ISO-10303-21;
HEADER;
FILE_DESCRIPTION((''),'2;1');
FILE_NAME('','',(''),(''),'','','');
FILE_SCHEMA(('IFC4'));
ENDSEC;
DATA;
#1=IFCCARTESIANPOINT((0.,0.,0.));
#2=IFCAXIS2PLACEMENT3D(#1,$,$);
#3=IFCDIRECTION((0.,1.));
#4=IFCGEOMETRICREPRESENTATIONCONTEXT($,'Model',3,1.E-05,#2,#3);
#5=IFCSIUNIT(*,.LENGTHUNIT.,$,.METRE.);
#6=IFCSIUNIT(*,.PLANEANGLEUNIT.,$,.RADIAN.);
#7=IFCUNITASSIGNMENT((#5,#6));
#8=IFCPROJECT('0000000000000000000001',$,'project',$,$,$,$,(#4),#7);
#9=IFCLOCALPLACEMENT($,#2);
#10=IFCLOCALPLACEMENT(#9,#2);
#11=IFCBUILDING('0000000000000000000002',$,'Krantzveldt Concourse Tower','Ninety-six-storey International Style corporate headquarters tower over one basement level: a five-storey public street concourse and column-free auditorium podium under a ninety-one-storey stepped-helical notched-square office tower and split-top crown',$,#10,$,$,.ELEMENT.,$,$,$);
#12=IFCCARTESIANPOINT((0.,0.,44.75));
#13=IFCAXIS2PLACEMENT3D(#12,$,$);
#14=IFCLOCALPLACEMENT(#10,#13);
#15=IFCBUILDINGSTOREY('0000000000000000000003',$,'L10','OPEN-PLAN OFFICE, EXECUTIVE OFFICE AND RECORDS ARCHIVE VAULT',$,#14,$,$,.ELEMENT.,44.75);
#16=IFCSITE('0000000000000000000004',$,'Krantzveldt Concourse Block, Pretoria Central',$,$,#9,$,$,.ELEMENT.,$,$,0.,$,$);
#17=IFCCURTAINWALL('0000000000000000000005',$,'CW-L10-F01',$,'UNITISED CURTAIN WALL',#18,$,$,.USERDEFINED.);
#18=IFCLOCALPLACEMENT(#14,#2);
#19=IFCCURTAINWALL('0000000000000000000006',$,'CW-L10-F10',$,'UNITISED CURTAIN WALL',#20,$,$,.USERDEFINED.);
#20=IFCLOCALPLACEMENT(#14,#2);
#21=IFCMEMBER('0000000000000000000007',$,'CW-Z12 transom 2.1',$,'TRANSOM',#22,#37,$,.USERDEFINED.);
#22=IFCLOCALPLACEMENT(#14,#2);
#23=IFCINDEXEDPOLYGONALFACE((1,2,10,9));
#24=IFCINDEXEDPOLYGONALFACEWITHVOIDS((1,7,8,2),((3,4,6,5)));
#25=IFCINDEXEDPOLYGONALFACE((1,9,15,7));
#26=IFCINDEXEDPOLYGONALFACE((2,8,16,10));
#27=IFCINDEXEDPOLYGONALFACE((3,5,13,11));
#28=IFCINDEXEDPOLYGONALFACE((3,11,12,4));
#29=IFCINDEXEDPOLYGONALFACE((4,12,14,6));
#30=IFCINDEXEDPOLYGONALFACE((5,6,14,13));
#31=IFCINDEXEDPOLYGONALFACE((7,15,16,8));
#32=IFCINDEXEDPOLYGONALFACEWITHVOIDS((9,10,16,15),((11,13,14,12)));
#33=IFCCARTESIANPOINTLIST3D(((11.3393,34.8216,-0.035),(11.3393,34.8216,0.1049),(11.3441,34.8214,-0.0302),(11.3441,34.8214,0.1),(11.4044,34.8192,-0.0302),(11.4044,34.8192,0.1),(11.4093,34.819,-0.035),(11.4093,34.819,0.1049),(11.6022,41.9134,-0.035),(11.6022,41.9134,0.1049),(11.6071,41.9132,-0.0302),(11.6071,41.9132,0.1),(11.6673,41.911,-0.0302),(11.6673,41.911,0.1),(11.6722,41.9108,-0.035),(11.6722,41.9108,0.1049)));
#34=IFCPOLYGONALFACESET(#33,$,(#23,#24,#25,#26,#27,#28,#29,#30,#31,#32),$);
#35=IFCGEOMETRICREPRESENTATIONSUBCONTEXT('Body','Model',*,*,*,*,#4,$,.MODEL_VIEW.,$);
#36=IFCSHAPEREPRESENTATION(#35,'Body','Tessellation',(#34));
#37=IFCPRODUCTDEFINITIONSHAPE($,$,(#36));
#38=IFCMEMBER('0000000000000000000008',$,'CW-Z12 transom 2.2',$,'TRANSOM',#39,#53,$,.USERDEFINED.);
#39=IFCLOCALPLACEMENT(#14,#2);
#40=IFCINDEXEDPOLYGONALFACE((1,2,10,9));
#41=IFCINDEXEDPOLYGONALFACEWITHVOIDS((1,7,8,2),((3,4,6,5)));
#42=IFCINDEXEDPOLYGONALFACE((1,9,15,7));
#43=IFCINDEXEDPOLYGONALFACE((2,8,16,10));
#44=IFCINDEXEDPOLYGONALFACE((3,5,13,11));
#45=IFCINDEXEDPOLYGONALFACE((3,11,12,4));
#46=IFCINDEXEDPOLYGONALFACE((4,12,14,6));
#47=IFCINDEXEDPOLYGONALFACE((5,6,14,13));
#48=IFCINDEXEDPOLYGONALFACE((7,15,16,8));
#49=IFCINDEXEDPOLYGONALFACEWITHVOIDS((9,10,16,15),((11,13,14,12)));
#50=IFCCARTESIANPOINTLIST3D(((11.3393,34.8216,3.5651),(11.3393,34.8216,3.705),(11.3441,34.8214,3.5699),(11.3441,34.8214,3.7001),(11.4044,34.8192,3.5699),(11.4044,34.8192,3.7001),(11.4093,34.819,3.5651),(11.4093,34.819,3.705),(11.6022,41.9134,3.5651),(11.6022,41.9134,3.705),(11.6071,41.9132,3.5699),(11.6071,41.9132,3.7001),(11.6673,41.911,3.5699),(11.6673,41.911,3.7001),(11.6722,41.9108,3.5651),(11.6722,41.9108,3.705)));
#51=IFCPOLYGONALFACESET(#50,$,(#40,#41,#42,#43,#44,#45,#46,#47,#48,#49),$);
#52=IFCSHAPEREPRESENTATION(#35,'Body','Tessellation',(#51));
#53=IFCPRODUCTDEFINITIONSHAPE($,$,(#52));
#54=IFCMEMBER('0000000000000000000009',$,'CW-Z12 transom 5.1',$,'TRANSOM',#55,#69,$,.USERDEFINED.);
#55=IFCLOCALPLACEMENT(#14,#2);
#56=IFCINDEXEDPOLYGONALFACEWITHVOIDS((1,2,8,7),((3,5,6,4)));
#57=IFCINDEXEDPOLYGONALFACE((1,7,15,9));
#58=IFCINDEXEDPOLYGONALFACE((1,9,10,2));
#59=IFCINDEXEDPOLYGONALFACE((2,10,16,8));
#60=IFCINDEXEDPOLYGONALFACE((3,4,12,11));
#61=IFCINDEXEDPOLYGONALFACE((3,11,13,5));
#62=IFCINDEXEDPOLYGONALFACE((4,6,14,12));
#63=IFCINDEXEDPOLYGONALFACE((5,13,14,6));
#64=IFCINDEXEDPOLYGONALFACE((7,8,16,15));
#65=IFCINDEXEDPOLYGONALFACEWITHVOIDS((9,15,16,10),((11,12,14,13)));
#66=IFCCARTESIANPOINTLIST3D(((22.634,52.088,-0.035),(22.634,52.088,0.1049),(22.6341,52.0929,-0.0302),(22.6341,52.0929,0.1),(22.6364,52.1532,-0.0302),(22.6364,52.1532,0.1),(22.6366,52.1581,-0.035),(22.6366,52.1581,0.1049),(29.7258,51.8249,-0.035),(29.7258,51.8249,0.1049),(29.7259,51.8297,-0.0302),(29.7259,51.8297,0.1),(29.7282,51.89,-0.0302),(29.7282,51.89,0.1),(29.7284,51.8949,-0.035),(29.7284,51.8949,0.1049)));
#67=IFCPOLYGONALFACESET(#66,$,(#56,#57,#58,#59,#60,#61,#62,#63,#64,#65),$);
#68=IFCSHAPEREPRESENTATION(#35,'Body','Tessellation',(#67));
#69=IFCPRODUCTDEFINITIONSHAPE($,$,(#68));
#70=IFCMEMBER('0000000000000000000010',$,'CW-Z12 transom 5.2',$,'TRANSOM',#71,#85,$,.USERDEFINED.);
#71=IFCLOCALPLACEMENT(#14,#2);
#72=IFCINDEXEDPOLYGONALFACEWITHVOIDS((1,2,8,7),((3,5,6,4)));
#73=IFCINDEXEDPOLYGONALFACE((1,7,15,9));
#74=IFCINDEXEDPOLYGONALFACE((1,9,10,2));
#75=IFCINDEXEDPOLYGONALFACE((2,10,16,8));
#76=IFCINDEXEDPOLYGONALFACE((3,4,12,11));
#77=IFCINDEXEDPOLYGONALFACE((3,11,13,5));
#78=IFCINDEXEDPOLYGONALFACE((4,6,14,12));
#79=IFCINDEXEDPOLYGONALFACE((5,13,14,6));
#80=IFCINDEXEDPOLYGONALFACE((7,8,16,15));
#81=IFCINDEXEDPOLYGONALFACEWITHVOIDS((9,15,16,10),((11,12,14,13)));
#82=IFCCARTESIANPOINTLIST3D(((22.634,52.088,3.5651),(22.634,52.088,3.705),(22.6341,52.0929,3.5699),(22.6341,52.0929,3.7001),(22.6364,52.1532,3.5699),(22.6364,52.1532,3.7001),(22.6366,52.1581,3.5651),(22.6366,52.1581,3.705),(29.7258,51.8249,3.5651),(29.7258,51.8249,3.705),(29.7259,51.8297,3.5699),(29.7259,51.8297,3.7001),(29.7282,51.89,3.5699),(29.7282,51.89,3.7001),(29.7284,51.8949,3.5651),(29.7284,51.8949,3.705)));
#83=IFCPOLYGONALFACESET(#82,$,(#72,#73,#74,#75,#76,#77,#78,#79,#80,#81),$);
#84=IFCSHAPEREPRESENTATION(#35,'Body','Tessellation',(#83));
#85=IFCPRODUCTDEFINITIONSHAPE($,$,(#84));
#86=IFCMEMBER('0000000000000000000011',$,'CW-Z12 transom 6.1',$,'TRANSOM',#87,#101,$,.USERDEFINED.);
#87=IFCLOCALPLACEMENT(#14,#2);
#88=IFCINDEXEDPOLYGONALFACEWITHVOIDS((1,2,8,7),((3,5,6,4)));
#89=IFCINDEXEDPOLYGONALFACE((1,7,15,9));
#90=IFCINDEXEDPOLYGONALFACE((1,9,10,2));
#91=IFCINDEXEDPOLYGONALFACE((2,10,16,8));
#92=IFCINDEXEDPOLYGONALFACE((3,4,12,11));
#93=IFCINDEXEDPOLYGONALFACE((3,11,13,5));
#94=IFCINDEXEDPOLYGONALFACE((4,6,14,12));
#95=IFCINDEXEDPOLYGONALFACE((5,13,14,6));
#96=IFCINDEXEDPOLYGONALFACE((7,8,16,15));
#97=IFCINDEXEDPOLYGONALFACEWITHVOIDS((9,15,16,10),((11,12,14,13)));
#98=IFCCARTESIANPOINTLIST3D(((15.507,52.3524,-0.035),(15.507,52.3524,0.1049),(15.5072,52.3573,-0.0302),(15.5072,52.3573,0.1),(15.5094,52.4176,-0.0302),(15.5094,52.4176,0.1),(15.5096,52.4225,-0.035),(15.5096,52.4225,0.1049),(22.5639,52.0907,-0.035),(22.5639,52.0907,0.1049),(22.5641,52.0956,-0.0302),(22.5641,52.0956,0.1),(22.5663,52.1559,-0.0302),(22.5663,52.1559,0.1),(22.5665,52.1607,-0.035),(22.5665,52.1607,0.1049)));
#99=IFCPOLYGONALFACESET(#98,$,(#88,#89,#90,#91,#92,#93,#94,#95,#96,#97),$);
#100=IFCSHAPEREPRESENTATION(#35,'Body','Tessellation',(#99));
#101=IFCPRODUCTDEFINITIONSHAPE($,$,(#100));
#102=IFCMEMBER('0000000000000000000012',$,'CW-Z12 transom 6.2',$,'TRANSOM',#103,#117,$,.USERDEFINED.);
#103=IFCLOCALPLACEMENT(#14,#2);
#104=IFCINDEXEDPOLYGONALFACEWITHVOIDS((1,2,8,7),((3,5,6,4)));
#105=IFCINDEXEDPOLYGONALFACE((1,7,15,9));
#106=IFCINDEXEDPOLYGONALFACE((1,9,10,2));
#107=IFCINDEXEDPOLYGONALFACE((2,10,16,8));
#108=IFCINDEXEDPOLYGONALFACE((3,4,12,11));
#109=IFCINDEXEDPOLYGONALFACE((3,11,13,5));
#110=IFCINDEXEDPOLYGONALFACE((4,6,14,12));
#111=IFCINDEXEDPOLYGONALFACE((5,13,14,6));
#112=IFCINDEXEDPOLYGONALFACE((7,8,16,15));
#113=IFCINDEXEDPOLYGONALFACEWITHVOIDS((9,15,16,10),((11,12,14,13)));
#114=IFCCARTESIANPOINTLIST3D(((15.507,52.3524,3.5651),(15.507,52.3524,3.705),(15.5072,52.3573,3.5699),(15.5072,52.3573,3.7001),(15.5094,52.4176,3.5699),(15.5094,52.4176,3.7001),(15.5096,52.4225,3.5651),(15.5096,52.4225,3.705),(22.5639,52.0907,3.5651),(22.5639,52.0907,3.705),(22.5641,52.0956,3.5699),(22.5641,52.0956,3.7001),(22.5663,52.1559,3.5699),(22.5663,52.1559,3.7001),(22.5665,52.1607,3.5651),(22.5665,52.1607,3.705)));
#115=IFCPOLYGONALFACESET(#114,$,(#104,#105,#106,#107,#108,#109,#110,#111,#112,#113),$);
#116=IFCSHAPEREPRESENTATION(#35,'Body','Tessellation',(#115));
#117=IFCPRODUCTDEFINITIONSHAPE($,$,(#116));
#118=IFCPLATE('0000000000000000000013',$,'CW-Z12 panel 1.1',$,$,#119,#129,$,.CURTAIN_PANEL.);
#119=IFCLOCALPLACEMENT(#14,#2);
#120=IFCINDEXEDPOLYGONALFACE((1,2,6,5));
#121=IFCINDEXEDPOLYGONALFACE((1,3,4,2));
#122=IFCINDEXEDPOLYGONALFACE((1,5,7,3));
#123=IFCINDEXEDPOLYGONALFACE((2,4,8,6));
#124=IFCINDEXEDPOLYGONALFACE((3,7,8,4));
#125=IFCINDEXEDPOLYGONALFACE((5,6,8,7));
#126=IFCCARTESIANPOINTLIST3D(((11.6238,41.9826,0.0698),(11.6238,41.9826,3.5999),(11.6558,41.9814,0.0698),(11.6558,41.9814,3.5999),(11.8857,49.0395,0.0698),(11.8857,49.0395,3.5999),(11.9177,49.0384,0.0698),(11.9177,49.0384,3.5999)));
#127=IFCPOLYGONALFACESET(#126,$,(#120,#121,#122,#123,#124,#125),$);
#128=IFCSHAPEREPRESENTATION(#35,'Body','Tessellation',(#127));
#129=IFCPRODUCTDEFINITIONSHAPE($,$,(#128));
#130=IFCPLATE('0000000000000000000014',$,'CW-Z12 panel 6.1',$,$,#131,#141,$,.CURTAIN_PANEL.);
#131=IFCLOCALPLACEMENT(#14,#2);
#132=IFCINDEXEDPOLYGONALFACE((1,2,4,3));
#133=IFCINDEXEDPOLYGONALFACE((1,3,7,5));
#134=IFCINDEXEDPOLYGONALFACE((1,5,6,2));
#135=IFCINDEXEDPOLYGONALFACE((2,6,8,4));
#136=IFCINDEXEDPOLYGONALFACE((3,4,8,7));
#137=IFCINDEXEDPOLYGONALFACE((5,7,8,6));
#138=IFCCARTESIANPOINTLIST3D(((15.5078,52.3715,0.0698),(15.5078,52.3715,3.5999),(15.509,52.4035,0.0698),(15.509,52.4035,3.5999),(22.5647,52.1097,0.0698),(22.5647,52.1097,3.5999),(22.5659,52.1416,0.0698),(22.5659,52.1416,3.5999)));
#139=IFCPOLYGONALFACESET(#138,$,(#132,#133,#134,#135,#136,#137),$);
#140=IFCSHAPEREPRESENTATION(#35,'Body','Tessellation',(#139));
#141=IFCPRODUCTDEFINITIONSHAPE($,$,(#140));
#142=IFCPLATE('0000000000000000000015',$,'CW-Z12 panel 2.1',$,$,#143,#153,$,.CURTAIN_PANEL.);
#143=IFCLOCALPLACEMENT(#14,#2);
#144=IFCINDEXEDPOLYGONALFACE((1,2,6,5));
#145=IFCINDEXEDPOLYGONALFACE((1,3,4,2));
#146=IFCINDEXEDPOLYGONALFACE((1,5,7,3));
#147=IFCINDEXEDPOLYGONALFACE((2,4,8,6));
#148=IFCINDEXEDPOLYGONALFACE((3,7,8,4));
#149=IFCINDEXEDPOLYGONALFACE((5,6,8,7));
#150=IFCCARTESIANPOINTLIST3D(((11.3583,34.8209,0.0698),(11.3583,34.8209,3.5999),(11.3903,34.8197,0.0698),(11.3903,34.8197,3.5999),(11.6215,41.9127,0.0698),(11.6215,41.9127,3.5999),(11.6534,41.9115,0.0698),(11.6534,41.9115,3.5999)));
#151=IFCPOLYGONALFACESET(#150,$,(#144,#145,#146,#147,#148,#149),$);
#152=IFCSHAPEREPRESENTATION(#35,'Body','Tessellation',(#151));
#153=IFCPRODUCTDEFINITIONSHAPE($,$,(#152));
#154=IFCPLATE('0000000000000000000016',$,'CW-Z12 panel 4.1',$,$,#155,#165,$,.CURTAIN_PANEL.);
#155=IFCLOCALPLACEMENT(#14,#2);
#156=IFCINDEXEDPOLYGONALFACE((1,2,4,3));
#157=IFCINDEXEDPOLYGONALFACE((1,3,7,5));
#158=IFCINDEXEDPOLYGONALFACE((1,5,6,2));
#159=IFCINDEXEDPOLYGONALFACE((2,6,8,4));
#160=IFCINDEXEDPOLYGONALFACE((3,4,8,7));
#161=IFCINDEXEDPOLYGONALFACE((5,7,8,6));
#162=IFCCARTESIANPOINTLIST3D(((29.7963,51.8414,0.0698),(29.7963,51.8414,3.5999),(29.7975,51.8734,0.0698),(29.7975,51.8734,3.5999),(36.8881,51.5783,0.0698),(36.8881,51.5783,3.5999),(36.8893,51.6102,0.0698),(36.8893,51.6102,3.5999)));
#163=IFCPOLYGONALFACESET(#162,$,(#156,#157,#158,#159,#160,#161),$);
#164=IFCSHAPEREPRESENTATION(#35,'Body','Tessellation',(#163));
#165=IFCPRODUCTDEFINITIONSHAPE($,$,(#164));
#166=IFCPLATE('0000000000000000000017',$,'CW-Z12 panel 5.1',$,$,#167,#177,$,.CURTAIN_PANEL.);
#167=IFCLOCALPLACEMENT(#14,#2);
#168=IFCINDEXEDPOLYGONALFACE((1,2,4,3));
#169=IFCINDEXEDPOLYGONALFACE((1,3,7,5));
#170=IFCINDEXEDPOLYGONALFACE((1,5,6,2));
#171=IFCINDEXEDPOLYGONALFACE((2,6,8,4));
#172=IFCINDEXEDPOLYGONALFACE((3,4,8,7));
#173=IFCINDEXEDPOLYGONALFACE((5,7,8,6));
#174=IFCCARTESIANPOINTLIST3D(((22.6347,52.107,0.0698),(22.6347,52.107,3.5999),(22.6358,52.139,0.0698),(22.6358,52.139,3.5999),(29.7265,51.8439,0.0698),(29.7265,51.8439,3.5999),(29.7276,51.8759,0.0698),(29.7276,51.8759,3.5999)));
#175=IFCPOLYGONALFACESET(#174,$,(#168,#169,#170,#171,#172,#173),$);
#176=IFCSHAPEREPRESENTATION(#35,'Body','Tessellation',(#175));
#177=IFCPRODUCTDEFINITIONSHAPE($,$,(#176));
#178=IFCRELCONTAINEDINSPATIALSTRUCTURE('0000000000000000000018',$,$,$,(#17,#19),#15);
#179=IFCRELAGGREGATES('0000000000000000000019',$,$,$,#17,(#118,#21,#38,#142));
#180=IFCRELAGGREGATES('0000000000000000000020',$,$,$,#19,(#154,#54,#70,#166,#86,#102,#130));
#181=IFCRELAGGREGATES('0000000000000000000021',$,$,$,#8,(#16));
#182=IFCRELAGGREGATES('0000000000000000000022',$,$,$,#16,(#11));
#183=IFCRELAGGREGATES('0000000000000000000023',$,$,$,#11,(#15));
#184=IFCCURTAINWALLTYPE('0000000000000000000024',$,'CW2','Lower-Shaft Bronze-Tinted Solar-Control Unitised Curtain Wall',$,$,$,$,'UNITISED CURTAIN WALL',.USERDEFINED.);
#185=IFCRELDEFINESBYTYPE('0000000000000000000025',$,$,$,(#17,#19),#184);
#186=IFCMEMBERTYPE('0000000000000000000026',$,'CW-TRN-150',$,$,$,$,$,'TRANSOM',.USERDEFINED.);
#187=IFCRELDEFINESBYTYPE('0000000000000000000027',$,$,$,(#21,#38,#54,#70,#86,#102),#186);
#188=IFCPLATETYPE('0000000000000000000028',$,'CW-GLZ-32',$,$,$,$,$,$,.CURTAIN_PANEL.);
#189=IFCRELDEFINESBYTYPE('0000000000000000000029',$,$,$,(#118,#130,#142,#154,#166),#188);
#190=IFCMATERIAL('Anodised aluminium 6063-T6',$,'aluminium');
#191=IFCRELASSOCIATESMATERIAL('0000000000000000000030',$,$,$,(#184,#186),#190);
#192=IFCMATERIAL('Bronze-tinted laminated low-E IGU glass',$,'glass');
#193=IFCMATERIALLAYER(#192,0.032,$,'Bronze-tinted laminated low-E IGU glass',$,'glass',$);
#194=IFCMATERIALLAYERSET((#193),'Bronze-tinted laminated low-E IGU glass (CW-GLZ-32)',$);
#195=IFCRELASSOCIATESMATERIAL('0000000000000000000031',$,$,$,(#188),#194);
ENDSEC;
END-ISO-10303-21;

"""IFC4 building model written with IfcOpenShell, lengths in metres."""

from ifc_helpers import new_model, si_unit, direction, frame, origin, origin_2d, place, context, subcontext, project, spatial, rectangle, hollow_rectangle, extrude, source, transform, mapped, material, layer, layer_set, material_profile, profile_set, type_object, type_shapes, element, aggregate, save


model = new_model("IFC4")

# Units and contexts
model_context = context("Model", 3, precision=1e-05, world=origin(), true_north=direction((0.0, 1.0)))
body_context = subcontext(model_context, "Body", "Model", "MODEL_VIEW")
ifc_project = project(units=[si_unit("LENGTHUNIT", "METRE"), si_unit("PLANEANGLEUNIT", "RADIAN")], contexts=[model_context])

# Site, building, storey
site_placement = place(None, origin())
site = spatial("IfcSite", under=ifc_project, at=site_placement, Name="Krantzveldt Concourse Block, Pretoria Central", CompositionType="ELEMENT", RefElevation=0.0)
building_placement = place(site_placement, origin())
building = spatial("IfcBuilding", under=site, at=building_placement, Name="Krantzveldt Concourse Tower", Description="Ninety-six-storey International Style corporate headquarters tower over one basement level: a five-storey public street concourse and column-free auditorium podium under a ninety-one-storey stepped-helical notched-square office tower and split-top crown", CompositionType="ELEMENT")
storey_placement = place(building_placement, frame((0.0, 0.0, 44.75)))
storey = spatial("IfcBuildingStorey", under=building, at=storey_placement, Name="L10", Description="OPEN-PLAN OFFICE, EXECUTIVE OFFICE AND RECORDS ARCHIVE VAULT", CompositionType="ELEMENT", Elevation=44.75)

# Curtain walls
ifc_material_1 = material(Name="Anodised aluminium 6063-T6", Category="aluminium")
curtain_wall_type = type_object("IfcCurtainWallType", Name="CW2", Description="Lower-Shaft Bronze-Tinted Solar-Control Unitised Curtain Wall", ElementType="UNITISED CURTAIN WALL", PredefinedType="USERDEFINED", material=ifc_material_1)
curtain_wall_1_placement = place(storey_placement, origin())
curtain_wall_1 = element("IfcCurtainWall", 1, at=curtain_wall_1_placement, inside=storey, type_object=curtain_wall_type, Name="CW-L10-F01", ObjectType="UNITISED CURTAIN WALL", PredefinedType="USERDEFINED")
curtain_wall_2_placement = place(storey_placement, origin())
curtain_wall_2 = element("IfcCurtainWall", 2, at=curtain_wall_2_placement, inside=storey, type_object=curtain_wall_type, Name="CW-L10-F10", ObjectType="UNITISED CURTAIN WALL", PredefinedType="USERDEFINED")

# Members
ifc_material_profile_1 = material_profile(ifc_material_1, hollow_rectangle(XDim=0.0701, YDim=0.1399, WallThickness=0.0049, at=origin_2d()), Name="Anodised aluminium 6063-T6", Category="aluminium")
ifc_profile_set_1 = profile_set([ifc_material_profile_1], Name="Anodised aluminium 6063-T6 - ALU-TRAN 140x70x5")
member_type_1 = type_object("IfcMemberType", Name="CW-TRN-150", ElementType="TRANSOM", PredefinedType="USERDEFINED", material=ifc_profile_set_1)
shared_shape_1 = source(origin(), body_context, "Body", "SweptSolid", [
    extrude(hollow_rectangle(XDim=0.0701, YDim=0.1399, WallThickness=0.0049, at=origin_2d()), origin(), (0.0, 0.0, 1.0), 7.0967),
])
member_1_placement = place(storey_placement, frame((11.6372, 41.9121, 0.0349), z_axis=(-0.037051, -0.999313, 0.0), x_axis=(0.999313, -0.037051, 0.0)))
member_1 = element("IfcMember", 3, at=member_1_placement, type_object=member_type_1, Name="CW-Z12 transom 2.1", ObjectType="TRANSOM", PredefinedType="USERDEFINED", context=body_context, shape_type="MappedRepresentation", body=[
    mapped(shared_shape_1, transform((0.0, 0.0, 0.0), x_axis=(1.0, 0.0, 0.0), y_axis=(0.0, 1.0, 0.0), z_axis=(0.0, 0.0, 1.0), scale=1.0)),
])
member_2_placement = place(storey_placement, frame((11.6372, 41.9121, 3.635), z_axis=(-0.037051, -0.999313, 0.0), x_axis=(0.999313, -0.037051, 0.0)))
member_2 = element("IfcMember", 4, at=member_2_placement, type_object=member_type_1, Name="CW-Z12 transom 2.2", ObjectType="TRANSOM", PredefinedType="USERDEFINED", context=body_context, shape_type="MappedRepresentation", body=[
    mapped(shared_shape_1, transform((0.0, 0.0, 0.0), x_axis=(1.0, 0.0, 0.0), y_axis=(0.0, 1.0, 0.0), z_axis=(0.0, 0.0, 1.0), scale=1.0)),
])
member_3_placement = place(storey_placement, frame((29.7271, 51.8599, 0.0349), z_axis=(-0.999312, 0.037085, 0.0), x_axis=(-0.037085, -0.999312, 0.0)))
member_3 = element("IfcMember", 5, at=member_3_placement, type_object=member_type_1, Name="CW-Z12 transom 5.1", ObjectType="TRANSOM", PredefinedType="USERDEFINED", context=body_context, shape_type="MappedRepresentation", body=[
    mapped(shared_shape_1, transform((0.0, 0.0, 0.0), x_axis=(1.0, 0.0, 0.0), y_axis=(0.0, 1.0, 0.0), z_axis=(0.0, 0.0, 1.0), scale=1.0)),
])
member_4_placement = place(storey_placement, frame((29.7271, 51.8599, 3.635), z_axis=(-0.999312, 0.037085, 0.0), x_axis=(-0.037085, -0.999312, 0.0)))
member_4 = element("IfcMember", 6, at=member_4_placement, type_object=member_type_1, Name="CW-Z12 transom 5.2", ObjectType="TRANSOM", PredefinedType="USERDEFINED", context=body_context, shape_type="MappedRepresentation", body=[
    mapped(shared_shape_1, transform((0.0, 0.0, 0.0), x_axis=(1.0, 0.0, 0.0), y_axis=(0.0, 1.0, 0.0), z_axis=(0.0, 0.0, 1.0), scale=1.0)),
])
shared_shape_2 = source(origin(), body_context, "Body", "SweptSolid", [
    extrude(hollow_rectangle(XDim=0.0701, YDim=0.1399, WallThickness=0.0049, at=origin_2d()), origin(), (0.0, 0.0, 1.0), 7.0618),
])
member_5_placement = place(storey_placement, frame((22.5652, 52.1257, 0.0349), z_axis=(-0.999313, 0.037062, 0.0), x_axis=(-0.037062, -0.999313, 0.0)))
member_5 = element("IfcMember", 7, at=member_5_placement, type_object=member_type_1, Name="CW-Z12 transom 6.1", ObjectType="TRANSOM", PredefinedType="USERDEFINED", context=body_context, shape_type="MappedRepresentation", body=[
    mapped(shared_shape_2, transform((0.0, 0.0, 0.0), x_axis=(1.0, 0.0, 0.0), y_axis=(0.0, 1.0, 0.0), z_axis=(0.0, 0.0, 1.0), scale=1.0)),
])
member_6_placement = place(storey_placement, frame((22.5652, 52.1257, 3.635), z_axis=(-0.999313, 0.037062, 0.0), x_axis=(-0.037062, -0.999313, 0.0)))
member_6 = element("IfcMember", 8, at=member_6_placement, type_object=member_type_1, Name="CW-Z12 transom 6.2", ObjectType="TRANSOM", PredefinedType="USERDEFINED", context=body_context, shape_type="MappedRepresentation", body=[
    mapped(shared_shape_2, transform((0.0, 0.0, 0.0), x_axis=(1.0, 0.0, 0.0), y_axis=(0.0, 1.0, 0.0), z_axis=(0.0, 0.0, 1.0), scale=1.0)),
])

# Plates
ifc_material_2 = material(Name="Bronze-tinted laminated low-E IGU glass", Category="glass")
ifc_layer_1 = layer(ifc_material_2, 0.032, Name="Bronze-tinted laminated low-E IGU glass", Category="glass")
ifc_layer_set_1 = layer_set([ifc_layer_1], Name="Bronze-tinted laminated low-E IGU glass (CW-GLZ-32)")
plate_type = type_object("IfcPlateType", Name="CW-GLZ-32", PredefinedType="CURTAIN_PANEL", material=ifc_layer_set_1)
shared_shape_3 = source(origin(), body_context, "Body", "SweptSolid", [
    extrude(rectangle(XDim=7.0618, YDim=0.032, at=origin_2d()), origin(), (0.0, 0.0, 1.0), 3.53),
])
plate_1_placement = place(storey_placement, frame((11.7708, 45.5105, 0.0698), z_axis=(0.0, 0.0, 1.0), x_axis=(-0.03708, -0.999312, 0.0)))
plate_1 = element("IfcPlate", 9, at=plate_1_placement, type_object=plate_type, Name="CW-Z12 panel 1.1", PredefinedType="CURTAIN_PANEL", context=body_context, shape_type="MappedRepresentation", body=[
    mapped(shared_shape_3, transform((0.0, 0.0, 0.0), x_axis=(1.0, 0.0, 0.0), y_axis=(0.0, 1.0, 0.0), z_axis=(0.0, 0.0, 1.0), scale=1.0)),
])
plate_2_placement = place(storey_placement, frame((19.0369, 52.2566, 0.0698), z_axis=(0.0, 0.0, 1.0), x_axis=(-0.999312, 0.03708, 0.0)))
plate_2 = element("IfcPlate", 10, at=plate_2_placement, type_object=plate_type, Name="CW-Z12 panel 6.1", PredefinedType="CURTAIN_PANEL", context=body_context, shape_type="MappedRepresentation", body=[
    mapped(shared_shape_3, transform((0.0, 0.0, 0.0), x_axis=(1.0, 0.0, 0.0), y_axis=(0.0, 1.0, 0.0), z_axis=(0.0, 0.0, 1.0), scale=1.0)),
])
shared_shape_4 = source(origin(), body_context, "Body", "SweptSolid", [
    extrude(rectangle(XDim=7.0967, YDim=0.032, at=origin_2d()), origin(), (0.0, 0.0, 1.0), 3.53),
])
type_shapes(plate_type, [shared_shape_3, shared_shape_4])
plate_3_placement = place(storey_placement, frame((11.5059, 38.3662, 0.0698), z_axis=(0.0, 0.0, 1.0), x_axis=(-0.03708, -0.999312, 0.0)))
plate_3 = element("IfcPlate", 11, at=plate_3_placement, type_object=plate_type, Name="CW-Z12 panel 2.1", PredefinedType="CURTAIN_PANEL", context=body_context, shape_type="MappedRepresentation", body=[
    mapped(shared_shape_4, transform((0.0, 0.0, 0.0), x_axis=(1.0, 0.0, 0.0), y_axis=(0.0, 1.0, 0.0), z_axis=(0.0, 0.0, 1.0), scale=1.0)),
])
aggregate(curtain_wall_1, [plate_1, member_1, member_2, plate_3])
plate_4_placement = place(storey_placement, frame((33.3428, 51.7258, 0.0698), z_axis=(0.0, 0.0, 1.0), x_axis=(-0.999312, 0.03708, 0.0)))
plate_4 = element("IfcPlate", 12, at=plate_4_placement, type_object=plate_type, Name="CW-Z12 panel 4.1", PredefinedType="CURTAIN_PANEL", context=body_context, shape_type="MappedRepresentation", body=[
    mapped(shared_shape_4, transform((0.0, 0.0, 0.0), x_axis=(1.0, 0.0, 0.0), y_axis=(0.0, 1.0, 0.0), z_axis=(0.0, 0.0, 1.0), scale=1.0)),
])
plate_5_placement = place(storey_placement, frame((26.1812, 51.9915, 0.0698), z_axis=(0.0, 0.0, 1.0), x_axis=(-0.999312, 0.03708, 0.0)))
plate_5 = element("IfcPlate", 13, at=plate_5_placement, type_object=plate_type, Name="CW-Z12 panel 5.1", PredefinedType="CURTAIN_PANEL", context=body_context, shape_type="MappedRepresentation", body=[
    mapped(shared_shape_4, transform((0.0, 0.0, 0.0), x_axis=(1.0, 0.0, 0.0), y_axis=(0.0, 1.0, 0.0), z_axis=(0.0, 0.0, 1.0), scale=1.0)),
])
aggregate(curtain_wall_2, [plate_4, member_3, member_4, plate_5, member_5, member_6, plate_2])

save(model, "model.ifc")
